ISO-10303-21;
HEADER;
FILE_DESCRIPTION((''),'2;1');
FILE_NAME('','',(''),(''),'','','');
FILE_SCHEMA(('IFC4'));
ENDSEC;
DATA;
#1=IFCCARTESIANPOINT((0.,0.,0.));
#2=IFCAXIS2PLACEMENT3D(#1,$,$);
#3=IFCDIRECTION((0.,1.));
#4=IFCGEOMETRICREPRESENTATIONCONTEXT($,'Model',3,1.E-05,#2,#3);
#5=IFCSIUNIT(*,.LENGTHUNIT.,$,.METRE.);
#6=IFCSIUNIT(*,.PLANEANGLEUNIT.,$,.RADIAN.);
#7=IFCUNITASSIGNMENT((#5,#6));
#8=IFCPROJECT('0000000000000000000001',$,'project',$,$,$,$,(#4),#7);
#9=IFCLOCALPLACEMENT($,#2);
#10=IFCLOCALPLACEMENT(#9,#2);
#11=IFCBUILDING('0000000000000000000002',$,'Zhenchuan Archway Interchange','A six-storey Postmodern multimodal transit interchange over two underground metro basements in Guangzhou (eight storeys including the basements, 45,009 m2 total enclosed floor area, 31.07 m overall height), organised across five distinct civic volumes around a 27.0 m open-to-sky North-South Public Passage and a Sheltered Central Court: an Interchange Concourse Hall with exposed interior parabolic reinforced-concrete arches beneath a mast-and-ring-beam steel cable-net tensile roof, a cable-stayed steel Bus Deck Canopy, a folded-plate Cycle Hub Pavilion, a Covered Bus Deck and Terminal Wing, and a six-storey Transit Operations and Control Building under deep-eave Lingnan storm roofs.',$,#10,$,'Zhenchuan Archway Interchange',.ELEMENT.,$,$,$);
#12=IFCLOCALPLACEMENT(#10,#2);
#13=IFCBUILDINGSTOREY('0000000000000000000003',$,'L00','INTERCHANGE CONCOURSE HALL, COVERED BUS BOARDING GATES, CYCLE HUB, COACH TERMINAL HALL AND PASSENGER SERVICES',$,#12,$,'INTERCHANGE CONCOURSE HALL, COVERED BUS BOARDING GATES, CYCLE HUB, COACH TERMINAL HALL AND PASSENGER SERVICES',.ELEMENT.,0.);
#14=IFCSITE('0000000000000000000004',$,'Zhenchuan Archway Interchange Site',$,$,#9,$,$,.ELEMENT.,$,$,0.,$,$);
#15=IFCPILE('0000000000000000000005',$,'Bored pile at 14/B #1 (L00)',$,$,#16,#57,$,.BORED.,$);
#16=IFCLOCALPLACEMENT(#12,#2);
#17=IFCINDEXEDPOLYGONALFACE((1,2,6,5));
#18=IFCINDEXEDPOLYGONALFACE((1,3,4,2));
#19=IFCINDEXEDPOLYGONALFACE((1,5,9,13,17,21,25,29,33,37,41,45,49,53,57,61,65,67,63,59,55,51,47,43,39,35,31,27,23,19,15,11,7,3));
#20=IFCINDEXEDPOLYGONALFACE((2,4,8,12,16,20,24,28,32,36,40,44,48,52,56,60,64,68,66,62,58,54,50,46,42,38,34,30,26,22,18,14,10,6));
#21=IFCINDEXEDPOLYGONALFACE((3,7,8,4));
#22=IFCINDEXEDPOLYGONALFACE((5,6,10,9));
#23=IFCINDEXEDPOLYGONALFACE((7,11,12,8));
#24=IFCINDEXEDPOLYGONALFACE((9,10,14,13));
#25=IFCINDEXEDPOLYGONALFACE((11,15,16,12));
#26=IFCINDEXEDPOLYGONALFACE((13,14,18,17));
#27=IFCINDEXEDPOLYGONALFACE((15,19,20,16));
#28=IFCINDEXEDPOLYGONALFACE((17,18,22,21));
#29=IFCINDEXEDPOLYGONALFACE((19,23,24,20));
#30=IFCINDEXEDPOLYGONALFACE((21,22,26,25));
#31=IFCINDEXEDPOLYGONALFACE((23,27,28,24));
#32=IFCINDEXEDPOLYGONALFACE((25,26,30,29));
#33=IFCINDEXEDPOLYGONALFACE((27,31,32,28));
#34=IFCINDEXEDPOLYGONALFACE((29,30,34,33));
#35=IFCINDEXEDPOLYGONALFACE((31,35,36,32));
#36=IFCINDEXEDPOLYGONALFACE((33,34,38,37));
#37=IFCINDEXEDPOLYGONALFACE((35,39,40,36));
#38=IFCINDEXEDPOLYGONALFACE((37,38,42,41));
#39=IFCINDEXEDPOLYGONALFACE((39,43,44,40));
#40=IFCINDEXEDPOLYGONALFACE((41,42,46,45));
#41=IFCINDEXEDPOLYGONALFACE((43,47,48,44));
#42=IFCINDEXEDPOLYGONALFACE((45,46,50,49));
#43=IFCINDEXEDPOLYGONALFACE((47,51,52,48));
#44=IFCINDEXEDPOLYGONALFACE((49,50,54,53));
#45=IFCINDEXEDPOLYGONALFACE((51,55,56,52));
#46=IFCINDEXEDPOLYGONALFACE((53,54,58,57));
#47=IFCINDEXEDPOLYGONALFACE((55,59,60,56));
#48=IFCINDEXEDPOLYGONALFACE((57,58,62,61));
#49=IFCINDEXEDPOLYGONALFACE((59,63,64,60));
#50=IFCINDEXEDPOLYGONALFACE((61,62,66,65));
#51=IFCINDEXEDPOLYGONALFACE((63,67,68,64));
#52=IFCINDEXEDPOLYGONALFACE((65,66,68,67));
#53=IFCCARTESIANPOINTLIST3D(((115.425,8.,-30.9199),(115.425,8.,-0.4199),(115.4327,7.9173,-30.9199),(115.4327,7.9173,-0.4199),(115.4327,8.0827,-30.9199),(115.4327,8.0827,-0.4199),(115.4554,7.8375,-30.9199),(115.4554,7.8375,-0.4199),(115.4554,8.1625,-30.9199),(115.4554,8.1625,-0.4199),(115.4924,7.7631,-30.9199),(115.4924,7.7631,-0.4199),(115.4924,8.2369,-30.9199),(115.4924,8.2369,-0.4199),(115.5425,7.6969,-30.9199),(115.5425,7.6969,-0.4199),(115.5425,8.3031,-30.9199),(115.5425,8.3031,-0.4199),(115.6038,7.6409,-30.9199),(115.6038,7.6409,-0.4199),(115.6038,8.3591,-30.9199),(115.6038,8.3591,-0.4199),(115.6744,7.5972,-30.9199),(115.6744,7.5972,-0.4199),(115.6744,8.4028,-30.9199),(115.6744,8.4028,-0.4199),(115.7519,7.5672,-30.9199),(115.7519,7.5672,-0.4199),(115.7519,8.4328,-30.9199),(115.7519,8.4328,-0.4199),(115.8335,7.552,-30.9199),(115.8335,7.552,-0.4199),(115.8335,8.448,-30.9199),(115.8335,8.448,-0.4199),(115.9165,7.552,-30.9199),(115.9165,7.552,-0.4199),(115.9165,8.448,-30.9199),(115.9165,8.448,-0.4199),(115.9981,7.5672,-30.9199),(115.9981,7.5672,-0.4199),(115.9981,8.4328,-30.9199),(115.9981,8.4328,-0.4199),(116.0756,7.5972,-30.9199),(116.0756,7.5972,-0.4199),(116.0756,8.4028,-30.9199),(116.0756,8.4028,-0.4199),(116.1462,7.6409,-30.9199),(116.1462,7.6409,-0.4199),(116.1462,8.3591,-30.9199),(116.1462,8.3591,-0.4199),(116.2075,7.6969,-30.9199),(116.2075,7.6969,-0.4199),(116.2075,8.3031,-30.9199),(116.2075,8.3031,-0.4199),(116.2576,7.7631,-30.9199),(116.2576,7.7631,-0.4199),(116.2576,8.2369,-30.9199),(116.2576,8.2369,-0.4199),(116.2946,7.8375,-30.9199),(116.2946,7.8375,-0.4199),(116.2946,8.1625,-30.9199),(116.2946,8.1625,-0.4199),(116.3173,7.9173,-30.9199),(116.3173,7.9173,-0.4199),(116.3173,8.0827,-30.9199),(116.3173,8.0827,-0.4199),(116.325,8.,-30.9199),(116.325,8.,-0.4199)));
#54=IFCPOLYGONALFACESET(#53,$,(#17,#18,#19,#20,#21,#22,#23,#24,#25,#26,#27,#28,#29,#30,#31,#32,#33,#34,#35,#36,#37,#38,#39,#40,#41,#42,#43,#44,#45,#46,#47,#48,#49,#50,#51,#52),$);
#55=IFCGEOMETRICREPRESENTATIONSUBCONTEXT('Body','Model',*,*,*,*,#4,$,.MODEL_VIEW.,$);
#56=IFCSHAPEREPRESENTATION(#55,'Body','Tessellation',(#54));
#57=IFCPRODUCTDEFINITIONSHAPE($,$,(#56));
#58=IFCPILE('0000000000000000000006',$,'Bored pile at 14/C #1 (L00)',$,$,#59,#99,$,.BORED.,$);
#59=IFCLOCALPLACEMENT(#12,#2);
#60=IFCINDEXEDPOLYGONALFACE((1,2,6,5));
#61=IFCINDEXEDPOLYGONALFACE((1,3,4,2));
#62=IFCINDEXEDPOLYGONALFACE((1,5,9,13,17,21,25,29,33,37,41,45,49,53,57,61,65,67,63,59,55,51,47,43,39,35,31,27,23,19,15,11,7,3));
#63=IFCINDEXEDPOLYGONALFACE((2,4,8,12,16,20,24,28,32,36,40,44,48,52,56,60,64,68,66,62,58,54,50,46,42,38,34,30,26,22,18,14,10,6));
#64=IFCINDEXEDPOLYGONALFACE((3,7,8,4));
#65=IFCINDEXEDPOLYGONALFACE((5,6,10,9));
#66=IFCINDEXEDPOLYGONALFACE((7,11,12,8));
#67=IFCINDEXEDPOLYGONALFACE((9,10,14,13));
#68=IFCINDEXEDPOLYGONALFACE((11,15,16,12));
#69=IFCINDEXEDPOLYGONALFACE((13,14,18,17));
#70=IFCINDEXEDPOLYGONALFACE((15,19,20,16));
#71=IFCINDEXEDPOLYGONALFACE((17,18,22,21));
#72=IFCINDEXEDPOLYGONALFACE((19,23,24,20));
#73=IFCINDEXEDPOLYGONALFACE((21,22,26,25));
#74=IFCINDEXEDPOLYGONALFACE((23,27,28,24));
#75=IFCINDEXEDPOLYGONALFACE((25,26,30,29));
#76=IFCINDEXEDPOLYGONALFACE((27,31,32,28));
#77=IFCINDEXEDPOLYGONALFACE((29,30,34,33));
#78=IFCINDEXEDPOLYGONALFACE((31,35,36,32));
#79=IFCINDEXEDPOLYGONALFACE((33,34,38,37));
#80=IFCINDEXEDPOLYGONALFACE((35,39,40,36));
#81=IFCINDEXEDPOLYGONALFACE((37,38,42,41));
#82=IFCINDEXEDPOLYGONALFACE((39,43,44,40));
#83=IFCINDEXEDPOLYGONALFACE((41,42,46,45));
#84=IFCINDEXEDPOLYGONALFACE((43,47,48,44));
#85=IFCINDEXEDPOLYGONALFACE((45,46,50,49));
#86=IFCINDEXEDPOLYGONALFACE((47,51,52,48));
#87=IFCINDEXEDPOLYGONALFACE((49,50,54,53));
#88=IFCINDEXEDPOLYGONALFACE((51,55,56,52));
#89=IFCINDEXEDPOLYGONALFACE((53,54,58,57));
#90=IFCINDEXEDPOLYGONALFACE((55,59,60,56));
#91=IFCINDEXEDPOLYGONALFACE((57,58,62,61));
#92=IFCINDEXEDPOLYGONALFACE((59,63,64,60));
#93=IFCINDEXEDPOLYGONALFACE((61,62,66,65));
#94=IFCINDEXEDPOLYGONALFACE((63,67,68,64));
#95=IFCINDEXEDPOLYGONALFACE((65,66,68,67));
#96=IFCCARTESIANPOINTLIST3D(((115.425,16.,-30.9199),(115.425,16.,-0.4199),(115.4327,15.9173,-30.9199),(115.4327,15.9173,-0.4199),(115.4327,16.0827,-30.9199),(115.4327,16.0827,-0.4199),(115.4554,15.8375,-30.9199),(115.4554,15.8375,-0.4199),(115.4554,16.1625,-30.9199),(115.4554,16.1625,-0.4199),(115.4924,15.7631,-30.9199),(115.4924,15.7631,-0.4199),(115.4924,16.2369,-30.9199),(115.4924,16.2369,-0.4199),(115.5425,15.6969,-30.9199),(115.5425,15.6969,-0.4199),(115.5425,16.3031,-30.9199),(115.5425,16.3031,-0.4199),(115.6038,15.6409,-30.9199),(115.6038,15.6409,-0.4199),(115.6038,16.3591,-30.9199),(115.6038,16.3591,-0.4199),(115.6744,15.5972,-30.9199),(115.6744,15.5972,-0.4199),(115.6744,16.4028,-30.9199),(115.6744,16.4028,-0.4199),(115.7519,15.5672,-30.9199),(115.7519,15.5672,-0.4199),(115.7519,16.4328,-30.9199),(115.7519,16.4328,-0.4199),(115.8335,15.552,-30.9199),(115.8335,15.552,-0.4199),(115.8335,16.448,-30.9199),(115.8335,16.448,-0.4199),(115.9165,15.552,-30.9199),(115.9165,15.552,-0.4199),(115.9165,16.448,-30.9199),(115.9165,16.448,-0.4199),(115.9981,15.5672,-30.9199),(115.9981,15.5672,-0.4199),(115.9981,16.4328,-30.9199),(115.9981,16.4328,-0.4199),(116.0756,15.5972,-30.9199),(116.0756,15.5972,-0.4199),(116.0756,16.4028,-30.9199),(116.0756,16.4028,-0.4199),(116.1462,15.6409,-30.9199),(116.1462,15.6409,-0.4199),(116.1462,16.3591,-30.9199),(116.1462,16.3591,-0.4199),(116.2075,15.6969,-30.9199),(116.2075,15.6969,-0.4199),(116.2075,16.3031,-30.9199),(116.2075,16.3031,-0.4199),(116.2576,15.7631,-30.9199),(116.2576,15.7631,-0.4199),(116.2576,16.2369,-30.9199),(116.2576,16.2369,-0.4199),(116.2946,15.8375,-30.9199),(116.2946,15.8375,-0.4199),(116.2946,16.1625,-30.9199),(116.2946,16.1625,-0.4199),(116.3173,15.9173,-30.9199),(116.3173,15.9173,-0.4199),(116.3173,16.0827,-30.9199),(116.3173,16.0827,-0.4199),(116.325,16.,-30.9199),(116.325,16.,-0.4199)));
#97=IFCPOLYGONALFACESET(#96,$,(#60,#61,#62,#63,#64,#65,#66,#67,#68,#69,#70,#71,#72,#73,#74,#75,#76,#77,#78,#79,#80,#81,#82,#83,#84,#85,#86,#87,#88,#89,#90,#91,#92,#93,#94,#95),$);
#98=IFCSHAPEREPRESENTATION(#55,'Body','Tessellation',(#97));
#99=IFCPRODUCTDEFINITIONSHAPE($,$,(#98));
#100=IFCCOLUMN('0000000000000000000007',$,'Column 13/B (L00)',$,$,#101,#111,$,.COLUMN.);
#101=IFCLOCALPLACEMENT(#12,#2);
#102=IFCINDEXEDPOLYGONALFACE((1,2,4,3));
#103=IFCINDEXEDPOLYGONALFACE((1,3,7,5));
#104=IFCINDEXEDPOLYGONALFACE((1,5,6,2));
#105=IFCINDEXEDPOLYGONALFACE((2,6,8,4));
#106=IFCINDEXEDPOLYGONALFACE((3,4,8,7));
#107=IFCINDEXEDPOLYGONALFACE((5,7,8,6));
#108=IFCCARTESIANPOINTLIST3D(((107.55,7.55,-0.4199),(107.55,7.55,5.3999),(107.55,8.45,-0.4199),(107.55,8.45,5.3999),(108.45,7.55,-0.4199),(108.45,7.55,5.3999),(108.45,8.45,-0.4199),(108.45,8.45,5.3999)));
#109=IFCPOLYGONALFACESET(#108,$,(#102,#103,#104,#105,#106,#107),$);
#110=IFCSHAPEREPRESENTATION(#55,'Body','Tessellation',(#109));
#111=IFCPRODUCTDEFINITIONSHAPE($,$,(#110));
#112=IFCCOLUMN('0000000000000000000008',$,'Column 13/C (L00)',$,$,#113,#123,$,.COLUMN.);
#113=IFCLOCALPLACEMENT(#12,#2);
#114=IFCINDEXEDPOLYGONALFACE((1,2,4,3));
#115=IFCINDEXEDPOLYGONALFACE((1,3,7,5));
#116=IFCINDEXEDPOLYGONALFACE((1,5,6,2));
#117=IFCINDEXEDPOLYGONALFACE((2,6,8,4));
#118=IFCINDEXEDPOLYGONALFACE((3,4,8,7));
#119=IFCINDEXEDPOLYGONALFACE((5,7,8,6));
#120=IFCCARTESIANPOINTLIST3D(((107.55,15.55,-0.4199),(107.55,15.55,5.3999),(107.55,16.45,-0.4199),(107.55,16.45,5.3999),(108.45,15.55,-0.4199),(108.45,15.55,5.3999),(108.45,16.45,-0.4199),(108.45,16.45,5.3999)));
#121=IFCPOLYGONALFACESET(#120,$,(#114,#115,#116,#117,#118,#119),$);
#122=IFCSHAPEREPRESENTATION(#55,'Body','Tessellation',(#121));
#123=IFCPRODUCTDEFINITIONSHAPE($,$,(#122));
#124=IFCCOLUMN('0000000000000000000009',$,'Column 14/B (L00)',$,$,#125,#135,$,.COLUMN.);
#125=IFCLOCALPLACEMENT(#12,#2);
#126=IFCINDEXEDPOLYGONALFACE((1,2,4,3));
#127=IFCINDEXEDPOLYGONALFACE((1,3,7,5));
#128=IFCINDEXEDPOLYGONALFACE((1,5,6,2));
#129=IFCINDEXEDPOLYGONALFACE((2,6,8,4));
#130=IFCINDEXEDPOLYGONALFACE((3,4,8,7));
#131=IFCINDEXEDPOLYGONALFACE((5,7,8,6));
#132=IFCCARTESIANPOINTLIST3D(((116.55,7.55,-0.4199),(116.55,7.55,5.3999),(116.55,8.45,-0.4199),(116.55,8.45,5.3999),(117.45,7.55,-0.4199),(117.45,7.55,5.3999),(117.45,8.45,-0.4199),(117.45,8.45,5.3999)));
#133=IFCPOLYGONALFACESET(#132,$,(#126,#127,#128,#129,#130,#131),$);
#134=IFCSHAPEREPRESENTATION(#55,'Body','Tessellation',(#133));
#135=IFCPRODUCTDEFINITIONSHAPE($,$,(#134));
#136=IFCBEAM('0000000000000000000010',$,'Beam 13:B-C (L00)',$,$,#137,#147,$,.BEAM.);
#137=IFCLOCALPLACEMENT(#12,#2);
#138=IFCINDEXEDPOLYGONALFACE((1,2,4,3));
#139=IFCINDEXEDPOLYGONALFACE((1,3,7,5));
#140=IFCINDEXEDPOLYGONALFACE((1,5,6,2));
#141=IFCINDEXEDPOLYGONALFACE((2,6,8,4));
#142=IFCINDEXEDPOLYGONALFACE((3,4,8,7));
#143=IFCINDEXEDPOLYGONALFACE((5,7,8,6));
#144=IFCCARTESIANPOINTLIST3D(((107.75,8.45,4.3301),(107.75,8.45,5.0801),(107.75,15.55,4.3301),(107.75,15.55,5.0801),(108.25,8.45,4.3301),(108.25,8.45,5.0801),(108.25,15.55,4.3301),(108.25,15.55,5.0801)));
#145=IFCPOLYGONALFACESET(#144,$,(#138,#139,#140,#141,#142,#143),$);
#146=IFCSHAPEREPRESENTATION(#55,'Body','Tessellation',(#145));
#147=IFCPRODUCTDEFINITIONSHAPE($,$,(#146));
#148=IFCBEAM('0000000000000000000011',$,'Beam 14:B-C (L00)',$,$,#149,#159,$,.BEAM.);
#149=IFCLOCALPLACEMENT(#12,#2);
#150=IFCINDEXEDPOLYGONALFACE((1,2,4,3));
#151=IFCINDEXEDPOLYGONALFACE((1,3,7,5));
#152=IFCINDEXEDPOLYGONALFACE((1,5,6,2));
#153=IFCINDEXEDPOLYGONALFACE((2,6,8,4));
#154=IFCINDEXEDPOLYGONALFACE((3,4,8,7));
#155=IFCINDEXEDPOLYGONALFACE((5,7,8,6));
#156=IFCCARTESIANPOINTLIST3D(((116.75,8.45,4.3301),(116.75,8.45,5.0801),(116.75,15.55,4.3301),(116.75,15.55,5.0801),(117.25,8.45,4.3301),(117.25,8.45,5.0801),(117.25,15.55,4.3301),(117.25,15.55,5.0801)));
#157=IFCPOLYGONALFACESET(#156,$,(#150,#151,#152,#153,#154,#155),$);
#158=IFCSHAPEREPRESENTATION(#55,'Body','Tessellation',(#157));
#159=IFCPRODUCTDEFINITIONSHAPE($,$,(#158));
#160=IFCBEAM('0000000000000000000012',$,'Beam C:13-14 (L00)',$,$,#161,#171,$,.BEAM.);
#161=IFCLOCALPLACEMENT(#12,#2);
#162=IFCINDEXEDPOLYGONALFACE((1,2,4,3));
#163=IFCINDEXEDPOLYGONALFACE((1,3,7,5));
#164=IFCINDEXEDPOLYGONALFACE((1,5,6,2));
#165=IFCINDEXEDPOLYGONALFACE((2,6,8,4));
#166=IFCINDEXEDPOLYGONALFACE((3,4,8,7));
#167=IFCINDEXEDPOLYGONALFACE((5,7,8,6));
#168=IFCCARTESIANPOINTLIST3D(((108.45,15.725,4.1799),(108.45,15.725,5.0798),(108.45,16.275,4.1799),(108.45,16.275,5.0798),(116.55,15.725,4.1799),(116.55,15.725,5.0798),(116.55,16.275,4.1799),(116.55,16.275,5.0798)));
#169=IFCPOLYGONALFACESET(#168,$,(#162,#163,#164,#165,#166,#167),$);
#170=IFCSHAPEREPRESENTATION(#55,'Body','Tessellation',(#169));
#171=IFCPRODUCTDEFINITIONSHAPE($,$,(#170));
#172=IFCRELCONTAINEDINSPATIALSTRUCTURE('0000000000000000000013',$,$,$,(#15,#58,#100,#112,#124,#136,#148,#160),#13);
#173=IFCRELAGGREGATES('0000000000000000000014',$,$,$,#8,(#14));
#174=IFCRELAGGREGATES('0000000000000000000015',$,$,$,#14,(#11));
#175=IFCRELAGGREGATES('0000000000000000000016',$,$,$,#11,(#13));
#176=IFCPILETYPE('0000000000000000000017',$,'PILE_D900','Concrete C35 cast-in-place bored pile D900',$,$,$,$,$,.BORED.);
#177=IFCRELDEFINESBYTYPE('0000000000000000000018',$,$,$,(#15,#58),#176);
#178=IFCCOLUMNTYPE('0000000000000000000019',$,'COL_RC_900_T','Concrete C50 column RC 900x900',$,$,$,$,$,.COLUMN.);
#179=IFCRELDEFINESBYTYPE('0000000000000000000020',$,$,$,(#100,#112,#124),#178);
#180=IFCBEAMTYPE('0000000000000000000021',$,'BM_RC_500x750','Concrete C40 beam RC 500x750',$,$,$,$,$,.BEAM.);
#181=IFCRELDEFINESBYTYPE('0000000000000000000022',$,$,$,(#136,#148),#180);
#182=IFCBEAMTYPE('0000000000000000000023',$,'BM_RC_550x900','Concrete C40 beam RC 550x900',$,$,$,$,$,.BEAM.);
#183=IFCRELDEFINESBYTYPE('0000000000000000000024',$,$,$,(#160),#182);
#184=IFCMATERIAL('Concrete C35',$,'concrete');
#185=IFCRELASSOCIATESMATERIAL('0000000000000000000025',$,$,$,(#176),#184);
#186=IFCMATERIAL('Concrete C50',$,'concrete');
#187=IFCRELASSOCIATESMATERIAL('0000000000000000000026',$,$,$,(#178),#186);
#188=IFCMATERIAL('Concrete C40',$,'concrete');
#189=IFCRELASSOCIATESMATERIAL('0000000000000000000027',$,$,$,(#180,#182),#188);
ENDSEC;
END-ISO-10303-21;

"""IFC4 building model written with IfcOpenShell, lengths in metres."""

from ifc_helpers import new_model, si_unit, direction, frame, origin, origin_2d, place, context, subcontext, project, spatial, rectangle, circle, extrude, material, material_profile, profile_set, type_object, element, save


model = new_model("IFC4")

# Units and contexts
model_context = context("Model", 3, precision=1e-05, world=origin(), true_north=direction((0.0, 1.0)))
body_context = subcontext(model_context, "Body", "Model", "MODEL_VIEW")
ifc_project = project(units=[si_unit("LENGTHUNIT", "METRE"), si_unit("PLANEANGLEUNIT", "RADIAN")], contexts=[model_context])

# Site, building, storey
site_placement = place(None, origin())
site = spatial("IfcSite", under=ifc_project, at=site_placement, Name="Zhenchuan Archway Interchange Site", CompositionType="ELEMENT", RefElevation=0.0)
building_placement = place(site_placement, origin())
building = spatial("IfcBuilding", under=site, at=building_placement, Name="Zhenchuan Archway Interchange", Description="A six-storey Postmodern multimodal transit interchange over two underground metro basements in Guangzhou (eight storeys including the basements, 45,009 m2 total enclosed floor area, 31.07 m overall height), organised across five distinct civic volumes around a 27.0 m open-to-sky North-South Public Passage and a Sheltered Central Court: an Interchange Concourse Hall with exposed interior parabolic reinforced-concrete arches beneath a mast-and-ring-beam steel cable-net tensile roof, a cable-stayed steel Bus Deck Canopy, a folded-plate Cycle Hub Pavilion, a Covered Bus Deck and Terminal Wing, and a six-storey Transit Operations and Control Building under deep-eave Lingnan storm roofs.", LongName="Zhenchuan Archway Interchange", CompositionType="ELEMENT")
storey_placement = place(building_placement, origin())
storey = spatial("IfcBuildingStorey", under=building, at=storey_placement, Name="L00", Description="INTERCHANGE CONCOURSE HALL, COVERED BUS BOARDING GATES, CYCLE HUB, COACH TERMINAL HALL AND PASSENGER SERVICES", LongName="INTERCHANGE CONCOURSE HALL, COVERED BUS BOARDING GATES, CYCLE HUB, COACH TERMINAL HALL AND PASSENGER SERVICES", CompositionType="ELEMENT", Elevation=0.0)

# Shared definitions
ifc_material_1 = material(Name="Concrete C40", Category="concrete")

# Piles
ifc_material_2 = material(Name="Concrete C35", Category="concrete")
ifc_material_profile_1 = material_profile(ifc_material_2, circle(Radius=0.45, at=origin_2d()), Name="BORED PILE 900")
ifc_profile_set_1 = profile_set([ifc_material_profile_1], Name="Concrete C35")
pile_type = type_object("IfcPileType", Name="PILE_D900", Description="Concrete C35 cast-in-place bored pile D900", PredefinedType="BORED", material=ifc_profile_set_1)
for number, where, z_axis, x_axis, name in (
    (1, (115.875, 8.0, -0.4199), (0.0, 0.0, -1.0), (1.0, 0.0, 0.0), "Bored pile at 14/B #1 (L00)"),
    (2, (115.875, 16.0, -0.4199), (0.0, 0.0, -1.0), (1.0, 0.0, 0.0), "Bored pile at 14/C #1 (L00)"),
):
    element("IfcPile", number, at=place(storey_placement, frame(where, z_axis=z_axis, x_axis=x_axis)), inside=storey, type_object=pile_type, Name=name, PredefinedType="BORED", context=body_context, shape_type="SweptSolid", body=[
        extrude(circle(Radius=0.45, at=origin_2d()), origin(), (0.0, 0.0, 1.0), 30.5),
    ])

# Columns
ifc_material_3 = material(Name="Concrete C50", Category="concrete")
ifc_material_profile_2 = material_profile(ifc_material_3, rectangle(XDim=0.8999, YDim=0.8999, at=origin_2d()), Name="RC 900x900")
ifc_profile_set_2 = profile_set([ifc_material_profile_2], Name="Concrete C50")
column_type = type_object("IfcColumnType", Name="COL_RC_900_T", Description="Concrete C50 column RC 900x900", PredefinedType="COLUMN", material=ifc_profile_set_2)
for number, where, z_axis, x_axis, name in (
    (3, (108.0, 8.0, -0.4199), (0.0, 0.0, 1.0), (1.0, 0.0, 0.0), "Column 13/B (L00)"),
    (4, (108.0, 16.0, -0.4199), (0.0, 0.0, 1.0), (1.0, 0.0, 0.0), "Column 13/C (L00)"),
    (5, (117.0, 8.0, -0.4199), (0.0, 0.0, 1.0), (1.0, 0.0, 0.0), "Column 14/B (L00)"),
):
    element("IfcColumn", number, at=place(storey_placement, frame(where, z_axis=z_axis, x_axis=x_axis)), inside=storey, type_object=column_type, Name=name, PredefinedType="COLUMN", context=body_context, shape_type="SweptSolid", body=[
        extrude(rectangle(XDim=0.8999, YDim=0.8999, at=origin_2d()), origin(), (0.0, 0.0, 1.0), 5.8198),
    ])

# Beams
ifc_material_profile_3 = material_profile(ifc_material_1, rectangle(XDim=0.5, YDim=0.75, at=origin_2d()), Name="RC 500x750")
ifc_profile_set_3 = profile_set([ifc_material_profile_3], Name="Concrete C40")
beam_type_1 = type_object("IfcBeamType", Name="BM_RC_500x750", Description="Concrete C40 beam RC 500x750", PredefinedType="BEAM", material=ifc_profile_set_3)
for number, where, z_axis, x_axis, name in (
    (6, (108.0, 8.45, 4.7051), (0.0, 1.0, 0.0), (-1.0, 0.0, 0.0), "Beam 13:B-C (L00)"),
    (7, (117.0, 8.45, 4.7051), (0.0, 1.0, 0.0), (-1.0, 0.0, 0.0), "Beam 14:B-C (L00)"),
):
    element("IfcBeam", number, at=place(storey_placement, frame(where, z_axis=z_axis, x_axis=x_axis)), inside=storey, type_object=beam_type_1, Name=name, PredefinedType="BEAM", context=body_context, shape_type="SweptSolid", body=[
        extrude(rectangle(XDim=0.5, YDim=0.75, at=origin_2d()), origin(), (0.0, 0.0, 1.0), 7.1001),
    ])
ifc_material_profile_4 = material_profile(ifc_material_1, rectangle(XDim=0.55, YDim=0.8999, at=origin_2d()), Name="RC 550x900")
ifc_profile_set_4 = profile_set([ifc_material_profile_4], Name="Concrete C40")
beam_type_2 = type_object("IfcBeamType", Name="BM_RC_550x900", Description="Concrete C40 beam RC 550x900", PredefinedType="BEAM", material=ifc_profile_set_4)
beam_1_placement = place(storey_placement, frame((108.45, 16.0, 4.6299), z_axis=(1.0, 0.0, 0.0), x_axis=(0.0, 1.0, 0.0)))
element("IfcBeam", 8, at=beam_1_placement, inside=storey, type_object=beam_type_2, Name="Beam C:13-14 (L00)", PredefinedType="BEAM", context=body_context, shape_type="SweptSolid", body=[
    extrude(rectangle(XDim=0.55, YDim=0.8999, at=origin_2d()), origin(), (0.0, 0.0, 1.0), 8.1001),
])

save(model, "model.ifc")
